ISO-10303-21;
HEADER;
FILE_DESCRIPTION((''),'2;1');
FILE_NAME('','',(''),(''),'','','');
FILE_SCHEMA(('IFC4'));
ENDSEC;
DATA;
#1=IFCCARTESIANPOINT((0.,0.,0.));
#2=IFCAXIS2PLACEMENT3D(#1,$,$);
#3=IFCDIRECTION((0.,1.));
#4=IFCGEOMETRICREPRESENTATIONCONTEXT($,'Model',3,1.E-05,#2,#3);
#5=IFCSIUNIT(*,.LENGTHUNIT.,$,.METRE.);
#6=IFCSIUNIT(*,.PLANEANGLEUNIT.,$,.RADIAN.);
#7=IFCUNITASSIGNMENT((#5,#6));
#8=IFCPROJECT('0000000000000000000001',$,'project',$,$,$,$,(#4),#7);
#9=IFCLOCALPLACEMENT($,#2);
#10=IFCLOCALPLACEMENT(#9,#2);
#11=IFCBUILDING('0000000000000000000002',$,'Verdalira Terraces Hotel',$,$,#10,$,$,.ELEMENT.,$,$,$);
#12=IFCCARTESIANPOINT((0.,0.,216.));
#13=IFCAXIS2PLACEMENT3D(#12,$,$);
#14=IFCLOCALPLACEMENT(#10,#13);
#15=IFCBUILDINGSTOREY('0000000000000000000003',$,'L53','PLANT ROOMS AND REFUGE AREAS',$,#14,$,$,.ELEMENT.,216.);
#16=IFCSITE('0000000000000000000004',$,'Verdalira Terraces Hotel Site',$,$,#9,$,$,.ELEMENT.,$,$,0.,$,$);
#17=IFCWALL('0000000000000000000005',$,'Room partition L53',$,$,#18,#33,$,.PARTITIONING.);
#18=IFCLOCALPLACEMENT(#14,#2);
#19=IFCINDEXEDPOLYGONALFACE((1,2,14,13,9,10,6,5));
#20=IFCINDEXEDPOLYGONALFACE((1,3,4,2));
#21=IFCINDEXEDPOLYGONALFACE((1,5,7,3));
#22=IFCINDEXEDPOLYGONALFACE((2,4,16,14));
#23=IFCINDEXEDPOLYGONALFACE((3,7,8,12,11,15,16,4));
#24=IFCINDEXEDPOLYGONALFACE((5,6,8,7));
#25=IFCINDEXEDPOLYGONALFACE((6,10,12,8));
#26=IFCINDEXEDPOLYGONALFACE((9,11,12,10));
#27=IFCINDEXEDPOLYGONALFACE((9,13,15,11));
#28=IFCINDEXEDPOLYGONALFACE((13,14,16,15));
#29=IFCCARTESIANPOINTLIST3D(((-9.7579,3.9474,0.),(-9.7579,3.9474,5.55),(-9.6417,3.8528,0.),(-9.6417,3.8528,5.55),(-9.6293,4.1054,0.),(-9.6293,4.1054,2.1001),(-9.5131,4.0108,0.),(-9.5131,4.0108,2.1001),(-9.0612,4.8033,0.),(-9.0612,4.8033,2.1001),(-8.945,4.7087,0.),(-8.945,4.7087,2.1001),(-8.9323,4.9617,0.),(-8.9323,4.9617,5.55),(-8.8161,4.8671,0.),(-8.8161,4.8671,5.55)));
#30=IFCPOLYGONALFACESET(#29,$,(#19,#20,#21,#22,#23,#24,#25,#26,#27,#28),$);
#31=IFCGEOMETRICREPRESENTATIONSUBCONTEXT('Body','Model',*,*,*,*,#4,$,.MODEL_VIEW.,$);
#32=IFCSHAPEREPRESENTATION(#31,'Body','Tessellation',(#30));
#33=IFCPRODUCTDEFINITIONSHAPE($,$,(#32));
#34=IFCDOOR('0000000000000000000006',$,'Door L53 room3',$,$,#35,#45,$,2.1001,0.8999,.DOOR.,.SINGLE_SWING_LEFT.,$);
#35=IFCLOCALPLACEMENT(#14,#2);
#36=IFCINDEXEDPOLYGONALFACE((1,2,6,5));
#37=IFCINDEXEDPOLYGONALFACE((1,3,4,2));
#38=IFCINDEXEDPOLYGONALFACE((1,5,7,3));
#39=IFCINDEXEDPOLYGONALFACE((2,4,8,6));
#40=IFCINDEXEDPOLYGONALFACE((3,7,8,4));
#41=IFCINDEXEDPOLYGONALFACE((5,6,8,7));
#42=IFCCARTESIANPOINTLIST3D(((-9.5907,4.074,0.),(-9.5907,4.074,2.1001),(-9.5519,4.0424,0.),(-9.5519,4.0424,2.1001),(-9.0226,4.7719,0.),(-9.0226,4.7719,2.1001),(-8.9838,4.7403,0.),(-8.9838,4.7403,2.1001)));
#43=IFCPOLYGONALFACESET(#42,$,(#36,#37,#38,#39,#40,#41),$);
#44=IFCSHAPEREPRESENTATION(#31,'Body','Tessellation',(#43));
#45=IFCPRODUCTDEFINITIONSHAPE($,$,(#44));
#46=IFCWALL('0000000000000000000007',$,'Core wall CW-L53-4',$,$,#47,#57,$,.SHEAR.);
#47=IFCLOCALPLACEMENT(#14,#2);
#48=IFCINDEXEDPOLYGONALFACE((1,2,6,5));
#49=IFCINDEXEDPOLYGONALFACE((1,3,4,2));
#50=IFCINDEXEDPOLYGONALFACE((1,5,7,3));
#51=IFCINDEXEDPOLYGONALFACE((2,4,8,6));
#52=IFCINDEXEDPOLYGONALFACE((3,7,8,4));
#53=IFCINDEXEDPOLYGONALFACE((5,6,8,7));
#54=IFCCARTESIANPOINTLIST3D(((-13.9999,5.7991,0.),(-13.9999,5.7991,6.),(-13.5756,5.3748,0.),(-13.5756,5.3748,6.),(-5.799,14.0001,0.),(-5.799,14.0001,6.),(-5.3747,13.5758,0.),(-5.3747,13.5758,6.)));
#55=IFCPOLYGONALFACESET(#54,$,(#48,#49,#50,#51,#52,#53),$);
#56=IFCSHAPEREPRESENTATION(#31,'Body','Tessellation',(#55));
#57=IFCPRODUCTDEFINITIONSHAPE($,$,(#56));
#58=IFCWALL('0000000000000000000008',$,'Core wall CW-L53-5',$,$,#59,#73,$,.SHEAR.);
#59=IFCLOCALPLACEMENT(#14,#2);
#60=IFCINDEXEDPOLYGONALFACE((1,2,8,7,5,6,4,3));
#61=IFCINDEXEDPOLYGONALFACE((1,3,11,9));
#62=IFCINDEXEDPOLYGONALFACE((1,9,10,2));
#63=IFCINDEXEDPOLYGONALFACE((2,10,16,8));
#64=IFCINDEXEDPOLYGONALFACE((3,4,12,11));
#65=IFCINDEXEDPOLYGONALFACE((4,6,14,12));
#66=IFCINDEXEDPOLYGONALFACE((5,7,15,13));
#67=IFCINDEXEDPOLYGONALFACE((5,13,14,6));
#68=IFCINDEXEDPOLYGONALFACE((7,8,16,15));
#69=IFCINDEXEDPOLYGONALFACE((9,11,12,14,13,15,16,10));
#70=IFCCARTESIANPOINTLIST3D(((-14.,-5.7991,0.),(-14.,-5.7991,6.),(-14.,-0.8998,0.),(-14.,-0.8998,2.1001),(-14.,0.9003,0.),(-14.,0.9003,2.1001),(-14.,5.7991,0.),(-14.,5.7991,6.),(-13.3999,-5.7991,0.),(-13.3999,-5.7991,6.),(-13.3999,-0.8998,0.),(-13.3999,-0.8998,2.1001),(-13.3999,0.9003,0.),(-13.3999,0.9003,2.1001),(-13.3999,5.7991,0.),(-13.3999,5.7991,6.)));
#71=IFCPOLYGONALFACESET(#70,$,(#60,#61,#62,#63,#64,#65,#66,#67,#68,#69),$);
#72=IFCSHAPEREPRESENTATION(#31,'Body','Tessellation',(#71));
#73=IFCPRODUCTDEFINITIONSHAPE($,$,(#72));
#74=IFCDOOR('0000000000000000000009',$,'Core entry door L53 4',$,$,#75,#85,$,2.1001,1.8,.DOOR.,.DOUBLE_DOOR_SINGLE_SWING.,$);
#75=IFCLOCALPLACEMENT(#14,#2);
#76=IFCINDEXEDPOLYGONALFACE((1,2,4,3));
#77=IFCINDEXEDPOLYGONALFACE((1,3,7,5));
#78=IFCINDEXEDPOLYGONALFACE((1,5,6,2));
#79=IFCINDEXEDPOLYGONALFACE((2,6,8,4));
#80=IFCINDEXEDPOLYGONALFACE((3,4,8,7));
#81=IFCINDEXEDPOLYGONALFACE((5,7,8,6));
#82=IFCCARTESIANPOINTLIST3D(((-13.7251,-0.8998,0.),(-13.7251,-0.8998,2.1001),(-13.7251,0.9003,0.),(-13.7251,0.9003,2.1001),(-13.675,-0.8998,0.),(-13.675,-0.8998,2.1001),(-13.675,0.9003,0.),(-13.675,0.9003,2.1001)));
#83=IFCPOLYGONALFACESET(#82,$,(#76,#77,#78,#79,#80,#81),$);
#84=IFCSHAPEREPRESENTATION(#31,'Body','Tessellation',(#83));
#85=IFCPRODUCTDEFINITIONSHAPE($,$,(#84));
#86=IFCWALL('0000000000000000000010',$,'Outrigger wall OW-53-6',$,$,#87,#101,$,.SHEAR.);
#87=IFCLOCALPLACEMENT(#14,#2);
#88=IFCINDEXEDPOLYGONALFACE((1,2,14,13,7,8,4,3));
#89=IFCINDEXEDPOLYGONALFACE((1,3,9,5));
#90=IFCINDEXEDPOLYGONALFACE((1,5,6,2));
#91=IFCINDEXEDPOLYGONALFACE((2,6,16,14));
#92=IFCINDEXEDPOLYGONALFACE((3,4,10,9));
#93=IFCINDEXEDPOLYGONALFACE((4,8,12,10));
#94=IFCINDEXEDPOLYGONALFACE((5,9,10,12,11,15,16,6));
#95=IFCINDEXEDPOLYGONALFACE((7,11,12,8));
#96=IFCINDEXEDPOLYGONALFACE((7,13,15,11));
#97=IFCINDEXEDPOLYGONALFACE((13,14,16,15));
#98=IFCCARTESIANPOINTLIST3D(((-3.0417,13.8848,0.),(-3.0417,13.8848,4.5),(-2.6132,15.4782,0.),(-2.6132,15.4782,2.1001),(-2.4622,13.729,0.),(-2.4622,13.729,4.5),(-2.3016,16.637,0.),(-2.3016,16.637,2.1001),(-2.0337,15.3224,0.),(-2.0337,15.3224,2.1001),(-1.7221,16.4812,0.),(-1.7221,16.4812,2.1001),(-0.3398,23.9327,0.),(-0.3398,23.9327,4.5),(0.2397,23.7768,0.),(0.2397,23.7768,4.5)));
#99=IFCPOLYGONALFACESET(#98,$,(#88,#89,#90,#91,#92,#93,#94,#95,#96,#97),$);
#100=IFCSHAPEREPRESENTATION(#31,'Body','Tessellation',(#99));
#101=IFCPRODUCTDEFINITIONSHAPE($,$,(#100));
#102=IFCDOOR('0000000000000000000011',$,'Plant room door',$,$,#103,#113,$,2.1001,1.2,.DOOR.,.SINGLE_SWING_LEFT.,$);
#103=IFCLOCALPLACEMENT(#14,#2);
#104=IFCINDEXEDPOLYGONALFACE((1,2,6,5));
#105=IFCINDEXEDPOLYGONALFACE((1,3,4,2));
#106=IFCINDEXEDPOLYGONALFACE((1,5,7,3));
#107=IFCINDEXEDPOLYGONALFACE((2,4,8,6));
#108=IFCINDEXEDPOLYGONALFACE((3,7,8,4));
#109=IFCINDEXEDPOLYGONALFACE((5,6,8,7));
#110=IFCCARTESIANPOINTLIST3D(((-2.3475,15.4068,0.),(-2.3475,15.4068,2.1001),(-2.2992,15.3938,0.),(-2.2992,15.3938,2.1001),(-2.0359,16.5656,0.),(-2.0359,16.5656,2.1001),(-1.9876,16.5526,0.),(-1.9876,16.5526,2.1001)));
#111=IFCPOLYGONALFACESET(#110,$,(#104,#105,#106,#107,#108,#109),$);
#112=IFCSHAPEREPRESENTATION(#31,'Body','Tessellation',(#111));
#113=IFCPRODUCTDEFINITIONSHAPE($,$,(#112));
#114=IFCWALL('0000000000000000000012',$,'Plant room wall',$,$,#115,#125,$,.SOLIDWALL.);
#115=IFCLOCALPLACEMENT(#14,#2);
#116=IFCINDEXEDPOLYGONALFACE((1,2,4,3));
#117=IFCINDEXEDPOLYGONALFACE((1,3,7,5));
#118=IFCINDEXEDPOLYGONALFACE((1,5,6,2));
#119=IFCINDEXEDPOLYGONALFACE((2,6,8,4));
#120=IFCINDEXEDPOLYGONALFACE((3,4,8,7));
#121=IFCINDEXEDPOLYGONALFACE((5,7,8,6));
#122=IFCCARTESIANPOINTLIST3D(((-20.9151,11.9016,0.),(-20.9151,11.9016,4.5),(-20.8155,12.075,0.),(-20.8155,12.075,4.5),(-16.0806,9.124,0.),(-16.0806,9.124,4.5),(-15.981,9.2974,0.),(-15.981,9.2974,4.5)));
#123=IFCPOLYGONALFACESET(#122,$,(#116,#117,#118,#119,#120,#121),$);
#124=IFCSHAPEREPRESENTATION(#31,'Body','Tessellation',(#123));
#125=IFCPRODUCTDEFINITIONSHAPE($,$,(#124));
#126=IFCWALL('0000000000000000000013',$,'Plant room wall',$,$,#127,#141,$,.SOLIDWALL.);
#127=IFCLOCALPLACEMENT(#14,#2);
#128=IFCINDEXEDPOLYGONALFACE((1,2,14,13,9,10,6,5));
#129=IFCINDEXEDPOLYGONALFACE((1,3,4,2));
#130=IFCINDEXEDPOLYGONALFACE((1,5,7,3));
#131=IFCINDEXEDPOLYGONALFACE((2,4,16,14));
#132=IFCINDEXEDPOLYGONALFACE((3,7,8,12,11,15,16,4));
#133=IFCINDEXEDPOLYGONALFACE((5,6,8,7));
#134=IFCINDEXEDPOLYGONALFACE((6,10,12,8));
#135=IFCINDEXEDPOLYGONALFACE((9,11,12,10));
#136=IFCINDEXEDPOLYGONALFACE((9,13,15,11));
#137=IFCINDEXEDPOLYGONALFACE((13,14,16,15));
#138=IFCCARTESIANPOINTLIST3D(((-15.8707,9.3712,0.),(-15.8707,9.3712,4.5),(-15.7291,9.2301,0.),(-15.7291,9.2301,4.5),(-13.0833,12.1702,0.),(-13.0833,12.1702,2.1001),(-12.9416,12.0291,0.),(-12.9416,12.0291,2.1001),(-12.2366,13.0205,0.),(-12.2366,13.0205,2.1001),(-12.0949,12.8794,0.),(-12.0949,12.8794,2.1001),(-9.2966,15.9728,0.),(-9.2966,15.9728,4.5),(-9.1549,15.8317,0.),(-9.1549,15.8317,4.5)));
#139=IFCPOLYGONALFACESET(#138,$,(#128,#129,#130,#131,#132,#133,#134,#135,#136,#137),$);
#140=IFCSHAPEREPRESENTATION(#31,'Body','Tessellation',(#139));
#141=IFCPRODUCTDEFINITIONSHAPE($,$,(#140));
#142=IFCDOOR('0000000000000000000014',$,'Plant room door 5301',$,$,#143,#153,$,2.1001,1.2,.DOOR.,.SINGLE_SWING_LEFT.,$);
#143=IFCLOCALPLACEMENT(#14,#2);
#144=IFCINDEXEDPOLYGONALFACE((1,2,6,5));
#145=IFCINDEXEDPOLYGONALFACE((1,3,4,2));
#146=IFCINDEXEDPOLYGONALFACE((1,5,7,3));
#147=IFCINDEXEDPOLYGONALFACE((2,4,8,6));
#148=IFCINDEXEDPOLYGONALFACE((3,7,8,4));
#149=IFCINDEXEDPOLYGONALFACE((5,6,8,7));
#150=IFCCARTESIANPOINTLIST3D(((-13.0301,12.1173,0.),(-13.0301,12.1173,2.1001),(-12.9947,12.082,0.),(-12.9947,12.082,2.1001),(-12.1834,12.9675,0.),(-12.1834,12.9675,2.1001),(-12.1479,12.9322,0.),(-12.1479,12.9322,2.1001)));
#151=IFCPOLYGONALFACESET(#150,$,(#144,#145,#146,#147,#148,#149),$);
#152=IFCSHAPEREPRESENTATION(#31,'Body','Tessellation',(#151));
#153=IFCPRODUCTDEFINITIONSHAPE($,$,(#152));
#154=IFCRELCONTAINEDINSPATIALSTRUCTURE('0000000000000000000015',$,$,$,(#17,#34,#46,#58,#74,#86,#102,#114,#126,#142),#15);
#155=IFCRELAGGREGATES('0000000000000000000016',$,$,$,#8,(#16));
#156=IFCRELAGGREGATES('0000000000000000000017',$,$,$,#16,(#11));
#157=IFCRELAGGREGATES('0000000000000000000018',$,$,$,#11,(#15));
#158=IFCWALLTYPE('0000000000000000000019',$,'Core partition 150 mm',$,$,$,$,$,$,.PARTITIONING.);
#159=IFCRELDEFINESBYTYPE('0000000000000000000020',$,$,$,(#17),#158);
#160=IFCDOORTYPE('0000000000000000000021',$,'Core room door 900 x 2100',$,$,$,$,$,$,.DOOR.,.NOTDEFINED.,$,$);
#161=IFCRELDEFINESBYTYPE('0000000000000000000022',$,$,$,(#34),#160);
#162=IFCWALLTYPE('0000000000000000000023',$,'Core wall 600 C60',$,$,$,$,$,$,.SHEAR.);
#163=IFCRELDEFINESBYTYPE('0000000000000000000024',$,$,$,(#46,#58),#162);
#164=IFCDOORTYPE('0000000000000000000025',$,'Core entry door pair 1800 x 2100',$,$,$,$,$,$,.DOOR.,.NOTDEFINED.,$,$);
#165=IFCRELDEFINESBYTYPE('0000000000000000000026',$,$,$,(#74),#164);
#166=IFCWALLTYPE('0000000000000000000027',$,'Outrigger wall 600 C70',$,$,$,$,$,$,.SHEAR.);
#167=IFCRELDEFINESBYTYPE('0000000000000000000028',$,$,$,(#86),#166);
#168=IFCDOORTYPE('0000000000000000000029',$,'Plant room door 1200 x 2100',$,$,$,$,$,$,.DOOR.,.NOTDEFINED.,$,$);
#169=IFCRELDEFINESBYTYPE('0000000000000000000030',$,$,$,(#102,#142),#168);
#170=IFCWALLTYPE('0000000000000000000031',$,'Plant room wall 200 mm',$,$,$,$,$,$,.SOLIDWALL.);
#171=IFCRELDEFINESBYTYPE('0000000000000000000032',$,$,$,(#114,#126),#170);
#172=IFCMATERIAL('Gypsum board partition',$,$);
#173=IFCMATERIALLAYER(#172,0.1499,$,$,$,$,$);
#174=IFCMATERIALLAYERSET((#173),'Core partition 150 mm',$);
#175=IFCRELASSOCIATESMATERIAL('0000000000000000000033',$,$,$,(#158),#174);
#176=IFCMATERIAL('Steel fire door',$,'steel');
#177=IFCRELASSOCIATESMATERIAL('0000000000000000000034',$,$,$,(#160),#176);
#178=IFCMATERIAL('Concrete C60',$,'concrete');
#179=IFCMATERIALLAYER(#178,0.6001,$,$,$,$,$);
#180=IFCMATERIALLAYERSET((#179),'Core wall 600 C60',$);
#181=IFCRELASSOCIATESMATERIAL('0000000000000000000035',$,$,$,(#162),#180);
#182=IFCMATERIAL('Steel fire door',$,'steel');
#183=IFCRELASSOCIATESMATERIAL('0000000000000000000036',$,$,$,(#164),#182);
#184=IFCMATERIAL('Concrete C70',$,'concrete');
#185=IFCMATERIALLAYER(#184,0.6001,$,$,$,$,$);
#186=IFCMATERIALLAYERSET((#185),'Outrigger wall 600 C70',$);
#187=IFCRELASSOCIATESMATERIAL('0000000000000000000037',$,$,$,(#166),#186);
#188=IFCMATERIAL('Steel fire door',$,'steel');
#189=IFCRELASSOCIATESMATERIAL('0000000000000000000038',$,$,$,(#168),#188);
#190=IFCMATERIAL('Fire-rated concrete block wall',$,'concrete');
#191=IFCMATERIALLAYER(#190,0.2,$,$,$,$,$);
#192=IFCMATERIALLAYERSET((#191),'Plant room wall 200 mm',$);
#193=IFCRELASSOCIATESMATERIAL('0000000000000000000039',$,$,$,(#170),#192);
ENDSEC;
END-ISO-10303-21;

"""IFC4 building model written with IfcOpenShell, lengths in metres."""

from ifc_helpers import new_model, si_unit, direction, frame, frame_2d, origin, place, context, subcontext, project, spatial, rectangle, extrude, material, layer, layer_set, type_object, element, fill, save


model = new_model("IFC4")

# Units and contexts
model_context = context("Model", 3, precision=1e-05, world=origin(), true_north=direction((0.0, 1.0)))
body_context = subcontext(model_context, "Body", "Model", "MODEL_VIEW")
ifc_project = project(units=[si_unit("LENGTHUNIT", "METRE"), si_unit("PLANEANGLEUNIT", "RADIAN")], contexts=[model_context])

# Site, building, storey
site_placement = place(None, origin())
site = spatial("IfcSite", under=ifc_project, at=site_placement, Name="Verdalira Terraces Hotel Site", CompositionType="ELEMENT", RefElevation=0.0)
building_placement = place(site_placement, origin())
building = spatial("IfcBuilding", under=site, at=building_placement, Name="Verdalira Terraces Hotel", CompositionType="ELEMENT")
storey_placement = place(building_placement, frame((0.0, 0.0, 216.0)))
storey = spatial("IfcBuildingStorey", under=building, at=storey_placement, Name="L53", Description="PLANT ROOMS AND REFUGE AREAS", CompositionType="ELEMENT", Elevation=216.0)

# Wall, opening, door
ifc_material_1 = material(Name="Gypsum board partition")
ifc_layer_1 = layer(ifc_material_1, 0.1499)
ifc_layer_set_1 = layer_set([ifc_layer_1], Name="Core partition 150 mm")
wall_type_1 = type_object("IfcWallType", Name="Core partition 150 mm", PredefinedType="PARTITIONING", material=ifc_layer_set_1)
ifc_material_2 = material(Name="Steel fire door", Category="steel")
door_type_1 = type_object("IfcDoorType", Name="Core room door 900 x 2100", OperationType="NOTDEFINED", PredefinedType="DOOR", material=ifc_material_2)
wall_1_placement = place(storey_placement, frame((-8.8743, 4.9143, 0.0), z_axis=(0.0, 0.0, 1.0), x_axis=(-0.631274, -0.77556, 0.0)))
wall_1 = element("IfcWall", 1, at=wall_1_placement, inside=storey, type_object=wall_type_1, Name="Room partition L53", PredefinedType="PARTITIONING", context=body_context, shape_type="SweptSolid", body=[
    extrude(rectangle(XDim=1.3079, YDim=0.1499, at=frame_2d((0.6538, 0.0))), origin(), (0.0, 0.0, 1.0), 5.55),
])
opening_1_placement = place(wall_1_placement, frame((0.2041, 0.0, 0.0)))
opening_1 = element("IfcOpeningElement", 2, at=opening_1_placement, cuts=wall_1, PredefinedType="OPENING", context=body_context, shape_type="SweptSolid", body=[
    extrude(rectangle(XDim=0.8999, YDim=2.1001, at=frame_2d((0.45, 1.05))), frame((0.0, 0.085, 0.0), z_axis=(0.0, -1.0, 0.0), x_axis=(1.0, 0.0, 0.0)), (0.0, 0.0, 1.0), 0.1699),
])
door_1_placement = place(opening_1_placement, origin())
door_1 = element("IfcDoor", 3, at=door_1_placement, inside=storey, type_object=door_type_1, Name="Door L53 room3", OperationType="SINGLE_SWING_LEFT", OverallHeight=2.1001, OverallWidth=0.8999, PredefinedType="DOOR", context=body_context, shape_type="SweptSolid", body=[
    extrude(rectangle(XDim=0.8999, YDim=2.1001, at=frame_2d((0.45, 1.05))), frame((0.0, 0.0249, 0.0), z_axis=(0.0, -1.0, 0.0), x_axis=(1.0, 0.0, 0.0)), (0.0, 0.0, 1.0), 0.05),
])
fill(opening_1, door_1)

# Wall
ifc_material_3 = material(Name="Concrete C60", Category="concrete")
ifc_layer_2 = layer(ifc_material_3, 0.6001)
ifc_layer_set_2 = layer_set([ifc_layer_2], Name="Core wall 600 C60")
wall_type_2 = type_object("IfcWallType", Name="Core wall 600 C60", PredefinedType="SHEAR", material=ifc_layer_set_2)
wall_2_placement = place(storey_placement, frame((-5.5869, 13.7878, 0.0), z_axis=(0.0, 0.0, 1.0), x_axis=(-0.707107, -0.707107, 0.0)))
element("IfcWall", 4, at=wall_2_placement, inside=storey, type_object=wall_type_2, Name="Core wall CW-L53-4", PredefinedType="SHEAR", context=body_context, shape_type="SweptSolid", body=[
    extrude(rectangle(XDim=11.5979, YDim=0.6001, at=frame_2d((5.7988, 0.0))), origin(), (0.0, 0.0, 1.0), 6.0),
])

# Walls, openings, doors
wall_3_placement = place(storey_placement, frame((-13.7, 5.7991, 0.0), z_axis=(0.0, 0.0, 1.0), x_axis=(0.0, -1.0, 0.0)))
wall_3 = element("IfcWall", 5, at=wall_3_placement, inside=storey, type_object=wall_type_2, Name="Core wall CW-L53-5", PredefinedType="SHEAR", context=body_context, shape_type="SweptSolid", body=[
    extrude(rectangle(XDim=11.5981, YDim=0.6001, at=frame_2d((5.7991, 0.0))), origin(), (0.0, 0.0, 1.0), 6.0),
])
opening_2_placement = place(wall_3_placement, frame((4.8989, 0.0, 0.0)))
opening_2 = element("IfcOpeningElement", 6, at=opening_2_placement, cuts=wall_3, PredefinedType="OPENING", context=body_context, shape_type="SweptSolid", body=[
    extrude(rectangle(XDim=1.8, YDim=2.1001, at=frame_2d((0.8999, 1.05))), frame((0.0, 0.3101, 0.0), z_axis=(0.0, -1.0, 0.0), x_axis=(1.0, 0.0, 0.0)), (0.0, 0.0, 1.0), 0.6201),
])
ifc_material_4 = material(Name="Steel fire door", Category="steel")
door_type_2 = type_object("IfcDoorType", Name="Core entry door pair 1800 x 2100", OperationType="NOTDEFINED", PredefinedType="DOOR", material=ifc_material_4)
door_2_placement = place(opening_2_placement, origin())
door_2 = element("IfcDoor", 7, at=door_2_placement, inside=storey, type_object=door_type_2, Name="Core entry door L53 4", OperationType="DOUBLE_DOOR_SINGLE_SWING", OverallHeight=2.1001, OverallWidth=1.8, PredefinedType="DOOR", context=body_context, shape_type="SweptSolid", body=[
    extrude(rectangle(XDim=1.8, YDim=2.1001, at=frame_2d((0.8999, 1.05))), frame((0.0, 0.0249, 0.0), z_axis=(0.0, -1.0, 0.0), x_axis=(1.0, 0.0, 0.0)), (0.0, 0.0, 1.0), 0.05),
])
fill(opening_2, door_2)
ifc_material_5 = material(Name="Concrete C70", Category="concrete")
ifc_layer_3 = layer(ifc_material_5, 0.6001)
ifc_layer_set_3 = layer_set([ifc_layer_3], Name="Outrigger wall 600 C70")
wall_type_3 = type_object("IfcWallType", Name="Outrigger wall 600 C70", PredefinedType="SHEAR", material=ifc_layer_set_3)
wall_4_placement = place(storey_placement, frame((-2.752, 13.8069, 0.0), z_axis=(0.0, 0.0, 1.0), x_axis=(0.259679, 0.965695, 0.0)))
wall_4 = element("IfcWall", 8, at=wall_4_placement, inside=storey, type_object=wall_type_3, Name="Outrigger wall OW-53-6", PredefinedType="SHEAR", context=body_context, shape_type="SweptSolid", body=[
    extrude(rectangle(XDim=10.4048, YDim=0.6001, at=frame_2d((5.2024, 0.0))), origin(), (0.0, 0.0, 1.0), 4.5),
])
opening_3_placement = place(wall_4_placement, frame((1.6499, 0.0, 0.0)))
opening_3 = element("IfcOpeningElement", 9, at=opening_3_placement, cuts=wall_4, PredefinedType="OPENING", context=body_context, shape_type="SweptSolid", body=[
    extrude(rectangle(XDim=1.2, YDim=2.1001, at=frame_2d((0.6001, 1.05))), frame((0.0, 0.3101, 0.0), z_axis=(0.0, -1.0, 0.0), x_axis=(1.0, 0.0, 0.0)), (0.0, 0.0, 1.0), 0.6201),
])
ifc_material_6 = material(Name="Steel fire door", Category="steel")
door_type_3 = type_object("IfcDoorType", Name="Plant room door 1200 x 2100", OperationType="NOTDEFINED", PredefinedType="DOOR", material=ifc_material_6)
door_3_placement = place(opening_3_placement, origin())
door_3 = element("IfcDoor", 10, at=door_3_placement, inside=storey, type_object=door_type_3, Name="Plant room door", OperationType="SINGLE_SWING_LEFT", OverallHeight=2.1001, OverallWidth=1.2, PredefinedType="DOOR", context=body_context, shape_type="SweptSolid", body=[
    extrude(rectangle(XDim=1.2, YDim=2.1001, at=frame_2d((0.6001, 1.05))), frame((0.0, 0.0249, 0.0), z_axis=(0.0, -1.0, 0.0), x_axis=(1.0, 0.0, 0.0)), (0.0, 0.0, 1.0), 0.05),
])
fill(opening_3, door_3)

# Wall
ifc_material_7 = material(Name="Fire-rated concrete block wall", Category="concrete")
ifc_layer_4 = layer(ifc_material_7, 0.2)
ifc_layer_set_4 = layer_set([ifc_layer_4], Name="Plant room wall 200 mm")
wall_type_4 = type_object("IfcWallType", Name="Plant room wall 200 mm", PredefinedType="SOLIDWALL", material=ifc_layer_set_4)
wall_5_placement = place(storey_placement, frame((-16.0308, 9.2107, 0.0), z_axis=(0.0, 0.0, 1.0), x_axis=(-0.867079, 0.49817, 0.0)))
element("IfcWall", 11, at=wall_5_placement, inside=storey, type_object=wall_type_4, Name="Plant room wall", PredefinedType="SOLIDWALL", context=body_context, shape_type="SweptSolid", body=[
    extrude(rectangle(XDim=5.5757, YDim=0.2, at=frame_2d((2.7878, 0.0))), origin(), (0.0, 0.0, 1.0), 4.5),
])

# Wall, opening, door
wall_6_placement = place(storey_placement, frame((-15.7998, 9.3008, 0.0), z_axis=(0.0, 0.0, 1.0), x_axis=(0.705638, 0.708573, 0.0)))
wall_6 = element("IfcWall", 12, at=wall_6_placement, inside=storey, type_object=wall_type_4, Name="Plant room wall", PredefinedType="SOLIDWALL", context=body_context, shape_type="SweptSolid", body=[
    extrude(rectangle(XDim=9.3166, YDim=0.2, at=frame_2d((4.6582, 0.0))), origin(), (0.0, 0.0, 1.0), 4.5),
])
opening_4_placement = place(wall_6_placement, frame((3.95, 0.0, 0.0)))
opening_4 = element("IfcOpeningElement", 13, at=opening_4_placement, cuts=wall_6, PredefinedType="OPENING", context=body_context, shape_type="SweptSolid", body=[
    extrude(rectangle(XDim=1.2, YDim=2.1001, at=frame_2d((0.6001, 1.05))), frame((0.0, 0.1099, 0.0), z_axis=(0.0, -1.0, 0.0), x_axis=(1.0, 0.0, 0.0)), (0.0, 0.0, 1.0), 0.22),
])
door_4_placement = place(opening_4_placement, origin())
door_4 = element("IfcDoor", 14, at=door_4_placement, inside=storey, type_object=door_type_3, Name="Plant room door 5301", OperationType="SINGLE_SWING_LEFT", OverallHeight=2.1001, OverallWidth=1.2, PredefinedType="DOOR", context=body_context, shape_type="SweptSolid", body=[
    extrude(rectangle(XDim=1.2, YDim=2.1001, at=frame_2d((0.6001, 1.05))), frame((0.0, 0.0249, 0.0), z_axis=(0.0, -1.0, 0.0), x_axis=(1.0, 0.0, 0.0)), (0.0, 0.0, 1.0), 0.05),
])
fill(opening_4, door_4)

save(model, "model.ifc")
